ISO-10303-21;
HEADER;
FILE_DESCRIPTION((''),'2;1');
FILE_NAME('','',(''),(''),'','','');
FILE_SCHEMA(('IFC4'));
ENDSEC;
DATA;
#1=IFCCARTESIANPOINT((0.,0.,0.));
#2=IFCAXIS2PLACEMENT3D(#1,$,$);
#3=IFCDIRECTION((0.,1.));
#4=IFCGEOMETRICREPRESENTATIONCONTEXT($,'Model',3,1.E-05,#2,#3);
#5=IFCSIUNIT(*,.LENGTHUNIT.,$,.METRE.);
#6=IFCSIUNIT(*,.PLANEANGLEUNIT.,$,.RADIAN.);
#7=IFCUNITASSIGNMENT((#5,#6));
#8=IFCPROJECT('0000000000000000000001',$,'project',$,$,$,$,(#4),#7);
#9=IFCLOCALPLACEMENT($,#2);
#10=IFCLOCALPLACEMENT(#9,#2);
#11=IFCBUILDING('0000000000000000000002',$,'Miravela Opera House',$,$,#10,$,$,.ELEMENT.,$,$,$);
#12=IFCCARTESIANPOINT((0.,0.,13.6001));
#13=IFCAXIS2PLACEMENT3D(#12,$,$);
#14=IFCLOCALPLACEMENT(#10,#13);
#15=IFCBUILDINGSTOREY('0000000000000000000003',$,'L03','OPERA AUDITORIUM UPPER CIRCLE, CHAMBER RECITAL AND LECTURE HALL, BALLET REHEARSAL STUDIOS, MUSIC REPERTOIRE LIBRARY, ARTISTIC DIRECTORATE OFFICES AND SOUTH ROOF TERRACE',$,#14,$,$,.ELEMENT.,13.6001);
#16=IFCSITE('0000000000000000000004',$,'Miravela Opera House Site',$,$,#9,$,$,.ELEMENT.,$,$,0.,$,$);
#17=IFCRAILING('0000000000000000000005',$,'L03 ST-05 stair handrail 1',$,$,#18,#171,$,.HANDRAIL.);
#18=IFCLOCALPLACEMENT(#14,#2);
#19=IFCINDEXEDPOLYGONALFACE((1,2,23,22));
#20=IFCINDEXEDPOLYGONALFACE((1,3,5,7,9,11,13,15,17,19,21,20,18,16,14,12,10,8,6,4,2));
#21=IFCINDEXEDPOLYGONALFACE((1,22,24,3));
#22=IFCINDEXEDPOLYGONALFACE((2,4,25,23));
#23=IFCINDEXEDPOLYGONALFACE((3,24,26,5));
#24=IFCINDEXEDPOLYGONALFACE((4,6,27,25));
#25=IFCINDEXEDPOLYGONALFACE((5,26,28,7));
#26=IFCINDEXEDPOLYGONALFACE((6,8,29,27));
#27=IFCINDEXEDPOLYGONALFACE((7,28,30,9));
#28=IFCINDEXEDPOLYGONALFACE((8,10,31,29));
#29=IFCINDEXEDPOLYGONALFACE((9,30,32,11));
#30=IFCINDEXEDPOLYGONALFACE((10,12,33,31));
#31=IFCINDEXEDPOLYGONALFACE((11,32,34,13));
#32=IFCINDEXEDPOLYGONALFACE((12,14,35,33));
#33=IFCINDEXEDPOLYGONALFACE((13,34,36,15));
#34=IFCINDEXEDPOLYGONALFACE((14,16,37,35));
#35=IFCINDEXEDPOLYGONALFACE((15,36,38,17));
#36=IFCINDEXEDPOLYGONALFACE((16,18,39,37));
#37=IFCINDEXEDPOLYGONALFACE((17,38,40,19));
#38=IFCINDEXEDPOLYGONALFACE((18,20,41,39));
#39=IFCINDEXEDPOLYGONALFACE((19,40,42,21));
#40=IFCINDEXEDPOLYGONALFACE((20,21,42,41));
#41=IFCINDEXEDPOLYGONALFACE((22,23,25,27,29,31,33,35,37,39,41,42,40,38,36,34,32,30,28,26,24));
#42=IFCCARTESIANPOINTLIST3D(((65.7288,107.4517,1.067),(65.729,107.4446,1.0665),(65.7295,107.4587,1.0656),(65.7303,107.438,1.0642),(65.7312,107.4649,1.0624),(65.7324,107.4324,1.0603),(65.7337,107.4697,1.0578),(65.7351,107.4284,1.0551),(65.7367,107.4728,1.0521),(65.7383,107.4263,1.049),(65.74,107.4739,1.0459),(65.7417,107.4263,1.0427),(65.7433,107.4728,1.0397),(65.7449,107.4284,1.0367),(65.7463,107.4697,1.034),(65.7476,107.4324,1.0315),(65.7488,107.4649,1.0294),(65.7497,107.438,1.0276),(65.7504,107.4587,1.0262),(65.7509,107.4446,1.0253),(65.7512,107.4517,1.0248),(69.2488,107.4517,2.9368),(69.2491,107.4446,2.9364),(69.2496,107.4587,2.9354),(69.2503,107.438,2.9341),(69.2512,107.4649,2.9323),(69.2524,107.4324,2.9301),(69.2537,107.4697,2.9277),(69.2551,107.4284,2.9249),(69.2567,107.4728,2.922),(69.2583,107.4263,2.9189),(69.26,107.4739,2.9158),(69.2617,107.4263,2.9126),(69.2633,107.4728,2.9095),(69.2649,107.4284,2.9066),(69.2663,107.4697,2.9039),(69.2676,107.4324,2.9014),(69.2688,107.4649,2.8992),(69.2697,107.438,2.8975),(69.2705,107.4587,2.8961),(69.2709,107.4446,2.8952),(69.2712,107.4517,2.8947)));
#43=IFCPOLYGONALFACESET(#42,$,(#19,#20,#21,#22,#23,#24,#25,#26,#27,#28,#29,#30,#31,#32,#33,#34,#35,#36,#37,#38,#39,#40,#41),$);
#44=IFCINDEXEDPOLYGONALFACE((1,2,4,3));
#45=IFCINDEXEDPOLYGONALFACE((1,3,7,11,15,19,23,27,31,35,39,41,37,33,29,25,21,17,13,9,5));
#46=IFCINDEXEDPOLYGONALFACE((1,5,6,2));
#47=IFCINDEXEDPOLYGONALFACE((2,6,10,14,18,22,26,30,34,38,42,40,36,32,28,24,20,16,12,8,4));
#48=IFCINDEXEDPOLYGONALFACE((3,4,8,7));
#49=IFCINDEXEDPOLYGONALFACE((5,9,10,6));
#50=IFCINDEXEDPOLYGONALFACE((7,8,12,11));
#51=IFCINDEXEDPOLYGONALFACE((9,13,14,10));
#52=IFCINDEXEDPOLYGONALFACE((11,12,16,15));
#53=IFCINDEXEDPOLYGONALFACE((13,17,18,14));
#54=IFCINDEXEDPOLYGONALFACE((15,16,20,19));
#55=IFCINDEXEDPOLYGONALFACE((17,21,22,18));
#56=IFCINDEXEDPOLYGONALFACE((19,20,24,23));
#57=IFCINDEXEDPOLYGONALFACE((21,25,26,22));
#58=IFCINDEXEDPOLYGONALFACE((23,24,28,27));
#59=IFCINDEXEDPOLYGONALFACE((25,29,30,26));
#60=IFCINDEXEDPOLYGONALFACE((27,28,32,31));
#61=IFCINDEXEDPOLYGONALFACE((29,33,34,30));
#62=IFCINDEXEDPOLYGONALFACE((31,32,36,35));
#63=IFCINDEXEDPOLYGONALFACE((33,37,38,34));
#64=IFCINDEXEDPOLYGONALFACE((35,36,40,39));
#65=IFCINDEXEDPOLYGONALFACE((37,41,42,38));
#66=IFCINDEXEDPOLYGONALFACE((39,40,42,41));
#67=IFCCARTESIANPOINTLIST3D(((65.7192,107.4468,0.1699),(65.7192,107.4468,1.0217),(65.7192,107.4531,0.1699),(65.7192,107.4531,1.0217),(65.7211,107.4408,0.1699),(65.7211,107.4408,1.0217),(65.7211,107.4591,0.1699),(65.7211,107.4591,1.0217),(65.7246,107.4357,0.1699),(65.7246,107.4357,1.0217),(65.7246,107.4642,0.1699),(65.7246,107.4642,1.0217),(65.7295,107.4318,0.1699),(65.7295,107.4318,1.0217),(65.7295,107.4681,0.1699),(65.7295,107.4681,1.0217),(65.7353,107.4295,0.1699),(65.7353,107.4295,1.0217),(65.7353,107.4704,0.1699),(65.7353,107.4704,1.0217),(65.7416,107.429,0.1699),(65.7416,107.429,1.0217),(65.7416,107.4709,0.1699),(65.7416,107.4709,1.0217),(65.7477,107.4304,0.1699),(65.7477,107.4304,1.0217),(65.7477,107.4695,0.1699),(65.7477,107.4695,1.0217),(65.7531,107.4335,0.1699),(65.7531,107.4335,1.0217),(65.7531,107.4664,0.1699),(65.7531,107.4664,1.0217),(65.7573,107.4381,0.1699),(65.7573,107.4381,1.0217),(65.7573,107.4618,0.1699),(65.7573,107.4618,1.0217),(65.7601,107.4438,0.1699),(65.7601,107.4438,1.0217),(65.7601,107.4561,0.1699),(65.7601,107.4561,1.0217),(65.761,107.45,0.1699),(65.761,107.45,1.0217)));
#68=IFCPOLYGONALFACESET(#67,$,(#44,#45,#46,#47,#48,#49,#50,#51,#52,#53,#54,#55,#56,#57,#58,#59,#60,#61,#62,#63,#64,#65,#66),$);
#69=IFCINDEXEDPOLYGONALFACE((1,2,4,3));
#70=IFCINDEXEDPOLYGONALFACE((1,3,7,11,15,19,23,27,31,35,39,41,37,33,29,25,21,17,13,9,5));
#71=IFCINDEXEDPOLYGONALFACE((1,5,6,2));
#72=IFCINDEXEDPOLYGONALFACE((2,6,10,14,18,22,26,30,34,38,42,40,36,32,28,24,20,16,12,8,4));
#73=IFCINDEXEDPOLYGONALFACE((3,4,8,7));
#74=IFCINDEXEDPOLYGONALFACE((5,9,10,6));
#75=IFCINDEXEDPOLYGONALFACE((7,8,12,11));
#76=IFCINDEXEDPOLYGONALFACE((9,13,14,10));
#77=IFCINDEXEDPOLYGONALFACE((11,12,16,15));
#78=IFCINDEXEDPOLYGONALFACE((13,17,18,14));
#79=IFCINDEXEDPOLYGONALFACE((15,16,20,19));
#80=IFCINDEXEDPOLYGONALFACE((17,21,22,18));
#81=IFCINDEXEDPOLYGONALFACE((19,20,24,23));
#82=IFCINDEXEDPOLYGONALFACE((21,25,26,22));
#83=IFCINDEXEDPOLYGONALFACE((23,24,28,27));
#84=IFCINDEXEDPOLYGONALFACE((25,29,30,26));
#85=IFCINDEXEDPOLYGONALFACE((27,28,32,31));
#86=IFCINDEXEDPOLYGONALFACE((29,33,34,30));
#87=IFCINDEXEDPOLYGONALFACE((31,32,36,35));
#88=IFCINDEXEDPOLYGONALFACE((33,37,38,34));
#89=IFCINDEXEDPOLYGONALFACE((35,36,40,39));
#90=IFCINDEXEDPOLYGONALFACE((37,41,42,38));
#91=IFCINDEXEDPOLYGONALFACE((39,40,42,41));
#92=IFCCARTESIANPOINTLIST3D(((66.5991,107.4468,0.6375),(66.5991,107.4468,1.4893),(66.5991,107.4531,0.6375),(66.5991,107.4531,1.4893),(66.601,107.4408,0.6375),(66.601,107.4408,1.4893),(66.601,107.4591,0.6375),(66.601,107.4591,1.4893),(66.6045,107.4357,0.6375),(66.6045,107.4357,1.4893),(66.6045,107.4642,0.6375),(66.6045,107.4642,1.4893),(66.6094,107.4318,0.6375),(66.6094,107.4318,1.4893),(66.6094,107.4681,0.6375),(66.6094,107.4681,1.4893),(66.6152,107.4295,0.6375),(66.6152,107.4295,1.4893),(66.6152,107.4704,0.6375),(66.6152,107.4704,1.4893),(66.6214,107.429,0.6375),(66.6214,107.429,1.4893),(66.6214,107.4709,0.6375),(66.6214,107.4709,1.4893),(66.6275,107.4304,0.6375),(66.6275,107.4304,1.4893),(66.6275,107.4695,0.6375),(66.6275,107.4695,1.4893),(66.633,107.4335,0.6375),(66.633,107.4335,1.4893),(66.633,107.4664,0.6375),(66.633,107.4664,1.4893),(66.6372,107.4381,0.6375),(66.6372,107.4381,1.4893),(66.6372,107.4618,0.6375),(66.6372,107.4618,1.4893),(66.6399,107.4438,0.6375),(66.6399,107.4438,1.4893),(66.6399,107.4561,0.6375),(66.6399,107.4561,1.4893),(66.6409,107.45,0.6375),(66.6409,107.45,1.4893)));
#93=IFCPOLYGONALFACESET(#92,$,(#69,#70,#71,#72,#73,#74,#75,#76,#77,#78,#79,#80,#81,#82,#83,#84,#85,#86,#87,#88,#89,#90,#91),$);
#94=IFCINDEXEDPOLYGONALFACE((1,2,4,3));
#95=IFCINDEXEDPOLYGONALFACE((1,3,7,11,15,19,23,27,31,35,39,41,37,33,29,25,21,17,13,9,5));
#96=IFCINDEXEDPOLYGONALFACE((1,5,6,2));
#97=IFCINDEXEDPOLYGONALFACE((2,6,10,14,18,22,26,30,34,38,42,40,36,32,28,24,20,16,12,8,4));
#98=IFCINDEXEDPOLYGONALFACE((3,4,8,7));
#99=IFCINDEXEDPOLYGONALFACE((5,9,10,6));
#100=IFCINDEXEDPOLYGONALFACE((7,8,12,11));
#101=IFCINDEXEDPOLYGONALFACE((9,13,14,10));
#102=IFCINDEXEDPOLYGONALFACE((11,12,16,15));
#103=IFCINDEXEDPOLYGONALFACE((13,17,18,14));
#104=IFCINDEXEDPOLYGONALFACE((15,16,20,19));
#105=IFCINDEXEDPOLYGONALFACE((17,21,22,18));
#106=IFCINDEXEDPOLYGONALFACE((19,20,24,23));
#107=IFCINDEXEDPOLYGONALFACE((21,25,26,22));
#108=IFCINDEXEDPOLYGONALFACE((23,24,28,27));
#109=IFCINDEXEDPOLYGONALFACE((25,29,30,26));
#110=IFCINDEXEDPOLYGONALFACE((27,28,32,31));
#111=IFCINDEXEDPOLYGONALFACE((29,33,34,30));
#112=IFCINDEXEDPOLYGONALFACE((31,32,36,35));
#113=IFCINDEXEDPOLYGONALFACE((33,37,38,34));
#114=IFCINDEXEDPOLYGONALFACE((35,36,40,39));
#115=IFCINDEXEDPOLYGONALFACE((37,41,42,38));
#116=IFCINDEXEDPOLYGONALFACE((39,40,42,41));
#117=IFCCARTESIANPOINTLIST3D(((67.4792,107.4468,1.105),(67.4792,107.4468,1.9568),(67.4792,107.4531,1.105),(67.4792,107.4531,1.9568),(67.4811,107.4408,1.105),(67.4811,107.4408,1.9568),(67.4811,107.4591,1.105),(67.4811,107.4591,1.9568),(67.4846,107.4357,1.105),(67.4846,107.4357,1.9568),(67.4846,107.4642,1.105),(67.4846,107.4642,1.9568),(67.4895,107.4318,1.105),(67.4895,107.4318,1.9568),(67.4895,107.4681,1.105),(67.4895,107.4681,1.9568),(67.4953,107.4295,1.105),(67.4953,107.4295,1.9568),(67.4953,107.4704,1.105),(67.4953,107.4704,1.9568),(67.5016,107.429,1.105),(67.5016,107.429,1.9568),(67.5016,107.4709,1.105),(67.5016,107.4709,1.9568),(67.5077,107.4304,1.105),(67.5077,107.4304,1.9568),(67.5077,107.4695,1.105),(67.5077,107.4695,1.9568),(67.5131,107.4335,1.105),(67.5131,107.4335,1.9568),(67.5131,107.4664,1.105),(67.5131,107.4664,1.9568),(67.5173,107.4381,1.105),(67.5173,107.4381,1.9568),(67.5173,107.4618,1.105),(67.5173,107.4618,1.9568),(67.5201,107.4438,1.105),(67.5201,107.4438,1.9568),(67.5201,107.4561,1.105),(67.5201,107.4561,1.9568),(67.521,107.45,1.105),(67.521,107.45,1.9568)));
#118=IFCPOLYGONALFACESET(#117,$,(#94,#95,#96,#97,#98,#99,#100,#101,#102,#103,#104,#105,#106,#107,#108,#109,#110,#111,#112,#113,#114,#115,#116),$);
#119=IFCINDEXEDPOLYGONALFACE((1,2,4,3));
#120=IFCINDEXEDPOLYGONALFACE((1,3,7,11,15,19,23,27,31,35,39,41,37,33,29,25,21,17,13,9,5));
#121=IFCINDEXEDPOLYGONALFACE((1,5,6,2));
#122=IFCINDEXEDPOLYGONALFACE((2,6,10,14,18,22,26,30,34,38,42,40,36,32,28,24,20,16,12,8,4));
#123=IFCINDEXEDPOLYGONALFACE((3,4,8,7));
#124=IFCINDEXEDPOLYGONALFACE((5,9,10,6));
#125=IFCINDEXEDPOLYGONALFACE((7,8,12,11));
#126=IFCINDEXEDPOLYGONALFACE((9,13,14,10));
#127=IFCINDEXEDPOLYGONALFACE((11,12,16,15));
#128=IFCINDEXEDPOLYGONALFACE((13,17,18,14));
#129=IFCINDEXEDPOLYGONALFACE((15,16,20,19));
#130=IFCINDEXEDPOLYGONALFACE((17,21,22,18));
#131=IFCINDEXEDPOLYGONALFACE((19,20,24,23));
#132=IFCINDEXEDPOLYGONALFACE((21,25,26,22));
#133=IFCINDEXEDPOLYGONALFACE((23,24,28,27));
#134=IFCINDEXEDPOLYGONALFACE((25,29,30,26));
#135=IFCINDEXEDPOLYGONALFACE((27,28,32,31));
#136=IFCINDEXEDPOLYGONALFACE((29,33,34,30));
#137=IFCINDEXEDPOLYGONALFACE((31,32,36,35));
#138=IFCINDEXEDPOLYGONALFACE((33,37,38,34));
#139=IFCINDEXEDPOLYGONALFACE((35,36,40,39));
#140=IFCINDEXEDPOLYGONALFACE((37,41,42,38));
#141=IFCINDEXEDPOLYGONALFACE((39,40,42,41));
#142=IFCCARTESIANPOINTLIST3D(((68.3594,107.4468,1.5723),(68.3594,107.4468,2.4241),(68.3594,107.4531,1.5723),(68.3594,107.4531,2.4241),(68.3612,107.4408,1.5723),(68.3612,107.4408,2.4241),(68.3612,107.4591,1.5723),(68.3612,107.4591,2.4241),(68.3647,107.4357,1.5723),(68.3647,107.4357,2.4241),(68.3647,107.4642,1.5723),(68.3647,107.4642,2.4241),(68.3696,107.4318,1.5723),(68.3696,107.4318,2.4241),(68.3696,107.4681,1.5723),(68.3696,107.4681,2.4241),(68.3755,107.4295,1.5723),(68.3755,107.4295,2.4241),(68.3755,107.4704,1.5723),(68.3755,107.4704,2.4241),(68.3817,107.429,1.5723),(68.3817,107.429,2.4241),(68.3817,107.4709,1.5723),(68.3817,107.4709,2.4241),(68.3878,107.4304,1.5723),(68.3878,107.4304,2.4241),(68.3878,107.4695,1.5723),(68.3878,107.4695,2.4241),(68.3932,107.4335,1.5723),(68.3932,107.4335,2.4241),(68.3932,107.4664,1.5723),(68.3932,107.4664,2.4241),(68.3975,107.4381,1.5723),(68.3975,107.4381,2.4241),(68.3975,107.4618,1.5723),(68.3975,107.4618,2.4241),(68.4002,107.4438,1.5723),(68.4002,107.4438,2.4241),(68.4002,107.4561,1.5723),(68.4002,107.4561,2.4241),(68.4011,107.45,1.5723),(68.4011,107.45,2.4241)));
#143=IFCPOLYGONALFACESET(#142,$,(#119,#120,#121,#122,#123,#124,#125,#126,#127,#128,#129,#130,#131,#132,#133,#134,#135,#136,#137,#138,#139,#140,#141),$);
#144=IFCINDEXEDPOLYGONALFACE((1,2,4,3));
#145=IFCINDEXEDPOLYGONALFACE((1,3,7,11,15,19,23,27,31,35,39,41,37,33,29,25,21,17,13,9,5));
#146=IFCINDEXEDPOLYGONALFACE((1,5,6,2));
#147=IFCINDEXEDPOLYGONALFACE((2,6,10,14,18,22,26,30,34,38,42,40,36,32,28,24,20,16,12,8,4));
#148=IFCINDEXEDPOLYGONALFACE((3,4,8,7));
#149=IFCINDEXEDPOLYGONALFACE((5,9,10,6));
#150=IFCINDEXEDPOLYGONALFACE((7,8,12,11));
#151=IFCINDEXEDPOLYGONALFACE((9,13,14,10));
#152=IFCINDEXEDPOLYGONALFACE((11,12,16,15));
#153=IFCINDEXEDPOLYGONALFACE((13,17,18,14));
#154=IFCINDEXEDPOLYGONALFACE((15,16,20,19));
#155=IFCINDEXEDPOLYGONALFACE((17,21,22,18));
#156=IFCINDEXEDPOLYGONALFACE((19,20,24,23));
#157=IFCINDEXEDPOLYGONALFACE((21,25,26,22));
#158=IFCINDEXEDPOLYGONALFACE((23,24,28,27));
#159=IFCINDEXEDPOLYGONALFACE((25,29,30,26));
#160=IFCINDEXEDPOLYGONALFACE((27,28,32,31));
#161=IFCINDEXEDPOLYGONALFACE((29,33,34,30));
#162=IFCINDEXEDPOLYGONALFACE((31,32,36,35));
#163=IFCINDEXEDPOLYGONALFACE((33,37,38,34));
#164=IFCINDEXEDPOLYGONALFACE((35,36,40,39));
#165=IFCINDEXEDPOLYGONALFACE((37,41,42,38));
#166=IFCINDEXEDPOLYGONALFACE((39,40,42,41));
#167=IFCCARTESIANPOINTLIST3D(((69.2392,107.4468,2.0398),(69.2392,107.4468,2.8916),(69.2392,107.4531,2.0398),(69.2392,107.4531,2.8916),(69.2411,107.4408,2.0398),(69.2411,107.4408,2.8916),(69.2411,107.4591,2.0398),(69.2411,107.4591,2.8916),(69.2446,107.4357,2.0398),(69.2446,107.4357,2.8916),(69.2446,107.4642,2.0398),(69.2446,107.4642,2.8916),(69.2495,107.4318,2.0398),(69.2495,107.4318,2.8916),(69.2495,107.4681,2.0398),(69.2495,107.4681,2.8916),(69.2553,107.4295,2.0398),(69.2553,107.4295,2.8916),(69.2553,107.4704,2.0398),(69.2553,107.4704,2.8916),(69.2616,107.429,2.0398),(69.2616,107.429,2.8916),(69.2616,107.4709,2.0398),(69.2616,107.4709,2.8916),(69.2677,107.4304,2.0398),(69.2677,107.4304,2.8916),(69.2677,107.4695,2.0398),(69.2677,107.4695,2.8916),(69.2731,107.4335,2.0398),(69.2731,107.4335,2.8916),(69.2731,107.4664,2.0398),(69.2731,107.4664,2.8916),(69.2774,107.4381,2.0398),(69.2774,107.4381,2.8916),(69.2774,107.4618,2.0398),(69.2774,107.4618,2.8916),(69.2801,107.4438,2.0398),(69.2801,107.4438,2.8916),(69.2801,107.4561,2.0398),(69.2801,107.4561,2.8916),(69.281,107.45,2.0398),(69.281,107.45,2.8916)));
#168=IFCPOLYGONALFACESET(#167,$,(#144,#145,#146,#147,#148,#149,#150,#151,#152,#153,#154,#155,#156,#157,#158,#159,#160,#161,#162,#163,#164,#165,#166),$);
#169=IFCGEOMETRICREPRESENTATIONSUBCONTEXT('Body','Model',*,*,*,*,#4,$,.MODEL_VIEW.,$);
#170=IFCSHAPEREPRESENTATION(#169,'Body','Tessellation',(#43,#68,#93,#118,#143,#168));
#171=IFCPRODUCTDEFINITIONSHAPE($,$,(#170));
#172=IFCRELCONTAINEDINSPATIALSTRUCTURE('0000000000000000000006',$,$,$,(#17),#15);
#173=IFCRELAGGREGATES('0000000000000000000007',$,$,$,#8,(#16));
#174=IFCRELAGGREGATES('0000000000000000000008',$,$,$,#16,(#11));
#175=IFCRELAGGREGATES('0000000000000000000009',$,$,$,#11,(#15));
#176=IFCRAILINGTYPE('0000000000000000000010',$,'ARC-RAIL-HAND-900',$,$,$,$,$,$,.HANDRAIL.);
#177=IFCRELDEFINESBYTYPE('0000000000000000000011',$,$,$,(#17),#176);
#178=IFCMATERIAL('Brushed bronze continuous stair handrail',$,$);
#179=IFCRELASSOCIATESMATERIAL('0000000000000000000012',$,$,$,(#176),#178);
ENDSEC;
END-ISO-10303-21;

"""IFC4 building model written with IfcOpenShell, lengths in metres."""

from ifc_helpers import new_model, si_unit, direction, frame, origin, origin_2d, place, context, subcontext, project, spatial, circle, extrude, material, type_object, element, save


model = new_model("IFC4")

# Units and contexts
model_context = context("Model", 3, precision=1e-05, world=origin(), true_north=direction((0.0, 1.0)))
body_context = subcontext(model_context, "Body", "Model", "MODEL_VIEW")
ifc_project = project(units=[si_unit("LENGTHUNIT", "METRE"), si_unit("PLANEANGLEUNIT", "RADIAN")], contexts=[model_context])

# Site, building, storey
site_placement = place(None, origin())
site = spatial("IfcSite", under=ifc_project, at=site_placement, Name="Miravela Opera House Site", CompositionType="ELEMENT", RefElevation=0.0)
building_placement = place(site_placement, origin())
building = spatial("IfcBuilding", under=site, at=building_placement, Name="Miravela Opera House", CompositionType="ELEMENT")
storey_placement = place(building_placement, frame((0.0, 0.0, 13.6001)))
storey = spatial("IfcBuildingStorey", under=building, at=storey_placement, Name="L03", Description="OPERA AUDITORIUM UPPER CIRCLE, CHAMBER RECITAL AND LECTURE HALL, BALLET REHEARSAL STUDIOS, MUSIC REPERTOIRE LIBRARY, ARTISTIC DIRECTORATE OFFICES AND SOUTH ROOF TERRACE", CompositionType="ELEMENT", Elevation=13.6001)

# Railing
ifc_material_1 = material(Name="Brushed bronze continuous stair handrail")
railing_type_1 = type_object("IfcRailingType", Name="ARC-RAIL-HAND-900", PredefinedType="HANDRAIL", material=ifc_material_1)
railing_1_placement = place(storey_placement, frame((65.74, 107.45, 0.1699)))
element("IfcRailing", 1, at=railing_1_placement, inside=storey, type_object=railing_type_1, Name="L03 ST-05 stair handrail 1", PredefinedType="HANDRAIL", context=body_context, shape_type="SweptSolid", body=[
    extrude(circle(Radius=0.0239, at=origin_2d()), frame((0.0, 0.0, 0.876), z_axis=(0.88313, 0.0, 0.469128), x_axis=(0.0, 1.0, 0.0)), (0.0, 0.0, 1.0), 3.9858),
    extrude(circle(Radius=0.021, at=origin_2d()), origin(), (0.0, 0.0, 1.0), 0.8518),
    extrude(circle(Radius=0.021, at=origin_2d()), frame((0.8799, 0.0, 0.4675)), (0.0, 0.0, 1.0), 0.8518),
    extrude(circle(Radius=0.021, at=origin_2d()), frame((1.76, 0.0, 0.9351)), (0.0, 0.0, 1.0), 0.8518),
    extrude(circle(Radius=0.021, at=origin_2d()), frame((2.6401, 0.0, 1.4023)), (0.0, 0.0, 1.0), 0.8518),
    extrude(circle(Radius=0.021, at=origin_2d()), frame((3.52, 0.0, 1.8699)), (0.0, 0.0, 1.0), 0.8518),
])

save(model, "model.ifc")
